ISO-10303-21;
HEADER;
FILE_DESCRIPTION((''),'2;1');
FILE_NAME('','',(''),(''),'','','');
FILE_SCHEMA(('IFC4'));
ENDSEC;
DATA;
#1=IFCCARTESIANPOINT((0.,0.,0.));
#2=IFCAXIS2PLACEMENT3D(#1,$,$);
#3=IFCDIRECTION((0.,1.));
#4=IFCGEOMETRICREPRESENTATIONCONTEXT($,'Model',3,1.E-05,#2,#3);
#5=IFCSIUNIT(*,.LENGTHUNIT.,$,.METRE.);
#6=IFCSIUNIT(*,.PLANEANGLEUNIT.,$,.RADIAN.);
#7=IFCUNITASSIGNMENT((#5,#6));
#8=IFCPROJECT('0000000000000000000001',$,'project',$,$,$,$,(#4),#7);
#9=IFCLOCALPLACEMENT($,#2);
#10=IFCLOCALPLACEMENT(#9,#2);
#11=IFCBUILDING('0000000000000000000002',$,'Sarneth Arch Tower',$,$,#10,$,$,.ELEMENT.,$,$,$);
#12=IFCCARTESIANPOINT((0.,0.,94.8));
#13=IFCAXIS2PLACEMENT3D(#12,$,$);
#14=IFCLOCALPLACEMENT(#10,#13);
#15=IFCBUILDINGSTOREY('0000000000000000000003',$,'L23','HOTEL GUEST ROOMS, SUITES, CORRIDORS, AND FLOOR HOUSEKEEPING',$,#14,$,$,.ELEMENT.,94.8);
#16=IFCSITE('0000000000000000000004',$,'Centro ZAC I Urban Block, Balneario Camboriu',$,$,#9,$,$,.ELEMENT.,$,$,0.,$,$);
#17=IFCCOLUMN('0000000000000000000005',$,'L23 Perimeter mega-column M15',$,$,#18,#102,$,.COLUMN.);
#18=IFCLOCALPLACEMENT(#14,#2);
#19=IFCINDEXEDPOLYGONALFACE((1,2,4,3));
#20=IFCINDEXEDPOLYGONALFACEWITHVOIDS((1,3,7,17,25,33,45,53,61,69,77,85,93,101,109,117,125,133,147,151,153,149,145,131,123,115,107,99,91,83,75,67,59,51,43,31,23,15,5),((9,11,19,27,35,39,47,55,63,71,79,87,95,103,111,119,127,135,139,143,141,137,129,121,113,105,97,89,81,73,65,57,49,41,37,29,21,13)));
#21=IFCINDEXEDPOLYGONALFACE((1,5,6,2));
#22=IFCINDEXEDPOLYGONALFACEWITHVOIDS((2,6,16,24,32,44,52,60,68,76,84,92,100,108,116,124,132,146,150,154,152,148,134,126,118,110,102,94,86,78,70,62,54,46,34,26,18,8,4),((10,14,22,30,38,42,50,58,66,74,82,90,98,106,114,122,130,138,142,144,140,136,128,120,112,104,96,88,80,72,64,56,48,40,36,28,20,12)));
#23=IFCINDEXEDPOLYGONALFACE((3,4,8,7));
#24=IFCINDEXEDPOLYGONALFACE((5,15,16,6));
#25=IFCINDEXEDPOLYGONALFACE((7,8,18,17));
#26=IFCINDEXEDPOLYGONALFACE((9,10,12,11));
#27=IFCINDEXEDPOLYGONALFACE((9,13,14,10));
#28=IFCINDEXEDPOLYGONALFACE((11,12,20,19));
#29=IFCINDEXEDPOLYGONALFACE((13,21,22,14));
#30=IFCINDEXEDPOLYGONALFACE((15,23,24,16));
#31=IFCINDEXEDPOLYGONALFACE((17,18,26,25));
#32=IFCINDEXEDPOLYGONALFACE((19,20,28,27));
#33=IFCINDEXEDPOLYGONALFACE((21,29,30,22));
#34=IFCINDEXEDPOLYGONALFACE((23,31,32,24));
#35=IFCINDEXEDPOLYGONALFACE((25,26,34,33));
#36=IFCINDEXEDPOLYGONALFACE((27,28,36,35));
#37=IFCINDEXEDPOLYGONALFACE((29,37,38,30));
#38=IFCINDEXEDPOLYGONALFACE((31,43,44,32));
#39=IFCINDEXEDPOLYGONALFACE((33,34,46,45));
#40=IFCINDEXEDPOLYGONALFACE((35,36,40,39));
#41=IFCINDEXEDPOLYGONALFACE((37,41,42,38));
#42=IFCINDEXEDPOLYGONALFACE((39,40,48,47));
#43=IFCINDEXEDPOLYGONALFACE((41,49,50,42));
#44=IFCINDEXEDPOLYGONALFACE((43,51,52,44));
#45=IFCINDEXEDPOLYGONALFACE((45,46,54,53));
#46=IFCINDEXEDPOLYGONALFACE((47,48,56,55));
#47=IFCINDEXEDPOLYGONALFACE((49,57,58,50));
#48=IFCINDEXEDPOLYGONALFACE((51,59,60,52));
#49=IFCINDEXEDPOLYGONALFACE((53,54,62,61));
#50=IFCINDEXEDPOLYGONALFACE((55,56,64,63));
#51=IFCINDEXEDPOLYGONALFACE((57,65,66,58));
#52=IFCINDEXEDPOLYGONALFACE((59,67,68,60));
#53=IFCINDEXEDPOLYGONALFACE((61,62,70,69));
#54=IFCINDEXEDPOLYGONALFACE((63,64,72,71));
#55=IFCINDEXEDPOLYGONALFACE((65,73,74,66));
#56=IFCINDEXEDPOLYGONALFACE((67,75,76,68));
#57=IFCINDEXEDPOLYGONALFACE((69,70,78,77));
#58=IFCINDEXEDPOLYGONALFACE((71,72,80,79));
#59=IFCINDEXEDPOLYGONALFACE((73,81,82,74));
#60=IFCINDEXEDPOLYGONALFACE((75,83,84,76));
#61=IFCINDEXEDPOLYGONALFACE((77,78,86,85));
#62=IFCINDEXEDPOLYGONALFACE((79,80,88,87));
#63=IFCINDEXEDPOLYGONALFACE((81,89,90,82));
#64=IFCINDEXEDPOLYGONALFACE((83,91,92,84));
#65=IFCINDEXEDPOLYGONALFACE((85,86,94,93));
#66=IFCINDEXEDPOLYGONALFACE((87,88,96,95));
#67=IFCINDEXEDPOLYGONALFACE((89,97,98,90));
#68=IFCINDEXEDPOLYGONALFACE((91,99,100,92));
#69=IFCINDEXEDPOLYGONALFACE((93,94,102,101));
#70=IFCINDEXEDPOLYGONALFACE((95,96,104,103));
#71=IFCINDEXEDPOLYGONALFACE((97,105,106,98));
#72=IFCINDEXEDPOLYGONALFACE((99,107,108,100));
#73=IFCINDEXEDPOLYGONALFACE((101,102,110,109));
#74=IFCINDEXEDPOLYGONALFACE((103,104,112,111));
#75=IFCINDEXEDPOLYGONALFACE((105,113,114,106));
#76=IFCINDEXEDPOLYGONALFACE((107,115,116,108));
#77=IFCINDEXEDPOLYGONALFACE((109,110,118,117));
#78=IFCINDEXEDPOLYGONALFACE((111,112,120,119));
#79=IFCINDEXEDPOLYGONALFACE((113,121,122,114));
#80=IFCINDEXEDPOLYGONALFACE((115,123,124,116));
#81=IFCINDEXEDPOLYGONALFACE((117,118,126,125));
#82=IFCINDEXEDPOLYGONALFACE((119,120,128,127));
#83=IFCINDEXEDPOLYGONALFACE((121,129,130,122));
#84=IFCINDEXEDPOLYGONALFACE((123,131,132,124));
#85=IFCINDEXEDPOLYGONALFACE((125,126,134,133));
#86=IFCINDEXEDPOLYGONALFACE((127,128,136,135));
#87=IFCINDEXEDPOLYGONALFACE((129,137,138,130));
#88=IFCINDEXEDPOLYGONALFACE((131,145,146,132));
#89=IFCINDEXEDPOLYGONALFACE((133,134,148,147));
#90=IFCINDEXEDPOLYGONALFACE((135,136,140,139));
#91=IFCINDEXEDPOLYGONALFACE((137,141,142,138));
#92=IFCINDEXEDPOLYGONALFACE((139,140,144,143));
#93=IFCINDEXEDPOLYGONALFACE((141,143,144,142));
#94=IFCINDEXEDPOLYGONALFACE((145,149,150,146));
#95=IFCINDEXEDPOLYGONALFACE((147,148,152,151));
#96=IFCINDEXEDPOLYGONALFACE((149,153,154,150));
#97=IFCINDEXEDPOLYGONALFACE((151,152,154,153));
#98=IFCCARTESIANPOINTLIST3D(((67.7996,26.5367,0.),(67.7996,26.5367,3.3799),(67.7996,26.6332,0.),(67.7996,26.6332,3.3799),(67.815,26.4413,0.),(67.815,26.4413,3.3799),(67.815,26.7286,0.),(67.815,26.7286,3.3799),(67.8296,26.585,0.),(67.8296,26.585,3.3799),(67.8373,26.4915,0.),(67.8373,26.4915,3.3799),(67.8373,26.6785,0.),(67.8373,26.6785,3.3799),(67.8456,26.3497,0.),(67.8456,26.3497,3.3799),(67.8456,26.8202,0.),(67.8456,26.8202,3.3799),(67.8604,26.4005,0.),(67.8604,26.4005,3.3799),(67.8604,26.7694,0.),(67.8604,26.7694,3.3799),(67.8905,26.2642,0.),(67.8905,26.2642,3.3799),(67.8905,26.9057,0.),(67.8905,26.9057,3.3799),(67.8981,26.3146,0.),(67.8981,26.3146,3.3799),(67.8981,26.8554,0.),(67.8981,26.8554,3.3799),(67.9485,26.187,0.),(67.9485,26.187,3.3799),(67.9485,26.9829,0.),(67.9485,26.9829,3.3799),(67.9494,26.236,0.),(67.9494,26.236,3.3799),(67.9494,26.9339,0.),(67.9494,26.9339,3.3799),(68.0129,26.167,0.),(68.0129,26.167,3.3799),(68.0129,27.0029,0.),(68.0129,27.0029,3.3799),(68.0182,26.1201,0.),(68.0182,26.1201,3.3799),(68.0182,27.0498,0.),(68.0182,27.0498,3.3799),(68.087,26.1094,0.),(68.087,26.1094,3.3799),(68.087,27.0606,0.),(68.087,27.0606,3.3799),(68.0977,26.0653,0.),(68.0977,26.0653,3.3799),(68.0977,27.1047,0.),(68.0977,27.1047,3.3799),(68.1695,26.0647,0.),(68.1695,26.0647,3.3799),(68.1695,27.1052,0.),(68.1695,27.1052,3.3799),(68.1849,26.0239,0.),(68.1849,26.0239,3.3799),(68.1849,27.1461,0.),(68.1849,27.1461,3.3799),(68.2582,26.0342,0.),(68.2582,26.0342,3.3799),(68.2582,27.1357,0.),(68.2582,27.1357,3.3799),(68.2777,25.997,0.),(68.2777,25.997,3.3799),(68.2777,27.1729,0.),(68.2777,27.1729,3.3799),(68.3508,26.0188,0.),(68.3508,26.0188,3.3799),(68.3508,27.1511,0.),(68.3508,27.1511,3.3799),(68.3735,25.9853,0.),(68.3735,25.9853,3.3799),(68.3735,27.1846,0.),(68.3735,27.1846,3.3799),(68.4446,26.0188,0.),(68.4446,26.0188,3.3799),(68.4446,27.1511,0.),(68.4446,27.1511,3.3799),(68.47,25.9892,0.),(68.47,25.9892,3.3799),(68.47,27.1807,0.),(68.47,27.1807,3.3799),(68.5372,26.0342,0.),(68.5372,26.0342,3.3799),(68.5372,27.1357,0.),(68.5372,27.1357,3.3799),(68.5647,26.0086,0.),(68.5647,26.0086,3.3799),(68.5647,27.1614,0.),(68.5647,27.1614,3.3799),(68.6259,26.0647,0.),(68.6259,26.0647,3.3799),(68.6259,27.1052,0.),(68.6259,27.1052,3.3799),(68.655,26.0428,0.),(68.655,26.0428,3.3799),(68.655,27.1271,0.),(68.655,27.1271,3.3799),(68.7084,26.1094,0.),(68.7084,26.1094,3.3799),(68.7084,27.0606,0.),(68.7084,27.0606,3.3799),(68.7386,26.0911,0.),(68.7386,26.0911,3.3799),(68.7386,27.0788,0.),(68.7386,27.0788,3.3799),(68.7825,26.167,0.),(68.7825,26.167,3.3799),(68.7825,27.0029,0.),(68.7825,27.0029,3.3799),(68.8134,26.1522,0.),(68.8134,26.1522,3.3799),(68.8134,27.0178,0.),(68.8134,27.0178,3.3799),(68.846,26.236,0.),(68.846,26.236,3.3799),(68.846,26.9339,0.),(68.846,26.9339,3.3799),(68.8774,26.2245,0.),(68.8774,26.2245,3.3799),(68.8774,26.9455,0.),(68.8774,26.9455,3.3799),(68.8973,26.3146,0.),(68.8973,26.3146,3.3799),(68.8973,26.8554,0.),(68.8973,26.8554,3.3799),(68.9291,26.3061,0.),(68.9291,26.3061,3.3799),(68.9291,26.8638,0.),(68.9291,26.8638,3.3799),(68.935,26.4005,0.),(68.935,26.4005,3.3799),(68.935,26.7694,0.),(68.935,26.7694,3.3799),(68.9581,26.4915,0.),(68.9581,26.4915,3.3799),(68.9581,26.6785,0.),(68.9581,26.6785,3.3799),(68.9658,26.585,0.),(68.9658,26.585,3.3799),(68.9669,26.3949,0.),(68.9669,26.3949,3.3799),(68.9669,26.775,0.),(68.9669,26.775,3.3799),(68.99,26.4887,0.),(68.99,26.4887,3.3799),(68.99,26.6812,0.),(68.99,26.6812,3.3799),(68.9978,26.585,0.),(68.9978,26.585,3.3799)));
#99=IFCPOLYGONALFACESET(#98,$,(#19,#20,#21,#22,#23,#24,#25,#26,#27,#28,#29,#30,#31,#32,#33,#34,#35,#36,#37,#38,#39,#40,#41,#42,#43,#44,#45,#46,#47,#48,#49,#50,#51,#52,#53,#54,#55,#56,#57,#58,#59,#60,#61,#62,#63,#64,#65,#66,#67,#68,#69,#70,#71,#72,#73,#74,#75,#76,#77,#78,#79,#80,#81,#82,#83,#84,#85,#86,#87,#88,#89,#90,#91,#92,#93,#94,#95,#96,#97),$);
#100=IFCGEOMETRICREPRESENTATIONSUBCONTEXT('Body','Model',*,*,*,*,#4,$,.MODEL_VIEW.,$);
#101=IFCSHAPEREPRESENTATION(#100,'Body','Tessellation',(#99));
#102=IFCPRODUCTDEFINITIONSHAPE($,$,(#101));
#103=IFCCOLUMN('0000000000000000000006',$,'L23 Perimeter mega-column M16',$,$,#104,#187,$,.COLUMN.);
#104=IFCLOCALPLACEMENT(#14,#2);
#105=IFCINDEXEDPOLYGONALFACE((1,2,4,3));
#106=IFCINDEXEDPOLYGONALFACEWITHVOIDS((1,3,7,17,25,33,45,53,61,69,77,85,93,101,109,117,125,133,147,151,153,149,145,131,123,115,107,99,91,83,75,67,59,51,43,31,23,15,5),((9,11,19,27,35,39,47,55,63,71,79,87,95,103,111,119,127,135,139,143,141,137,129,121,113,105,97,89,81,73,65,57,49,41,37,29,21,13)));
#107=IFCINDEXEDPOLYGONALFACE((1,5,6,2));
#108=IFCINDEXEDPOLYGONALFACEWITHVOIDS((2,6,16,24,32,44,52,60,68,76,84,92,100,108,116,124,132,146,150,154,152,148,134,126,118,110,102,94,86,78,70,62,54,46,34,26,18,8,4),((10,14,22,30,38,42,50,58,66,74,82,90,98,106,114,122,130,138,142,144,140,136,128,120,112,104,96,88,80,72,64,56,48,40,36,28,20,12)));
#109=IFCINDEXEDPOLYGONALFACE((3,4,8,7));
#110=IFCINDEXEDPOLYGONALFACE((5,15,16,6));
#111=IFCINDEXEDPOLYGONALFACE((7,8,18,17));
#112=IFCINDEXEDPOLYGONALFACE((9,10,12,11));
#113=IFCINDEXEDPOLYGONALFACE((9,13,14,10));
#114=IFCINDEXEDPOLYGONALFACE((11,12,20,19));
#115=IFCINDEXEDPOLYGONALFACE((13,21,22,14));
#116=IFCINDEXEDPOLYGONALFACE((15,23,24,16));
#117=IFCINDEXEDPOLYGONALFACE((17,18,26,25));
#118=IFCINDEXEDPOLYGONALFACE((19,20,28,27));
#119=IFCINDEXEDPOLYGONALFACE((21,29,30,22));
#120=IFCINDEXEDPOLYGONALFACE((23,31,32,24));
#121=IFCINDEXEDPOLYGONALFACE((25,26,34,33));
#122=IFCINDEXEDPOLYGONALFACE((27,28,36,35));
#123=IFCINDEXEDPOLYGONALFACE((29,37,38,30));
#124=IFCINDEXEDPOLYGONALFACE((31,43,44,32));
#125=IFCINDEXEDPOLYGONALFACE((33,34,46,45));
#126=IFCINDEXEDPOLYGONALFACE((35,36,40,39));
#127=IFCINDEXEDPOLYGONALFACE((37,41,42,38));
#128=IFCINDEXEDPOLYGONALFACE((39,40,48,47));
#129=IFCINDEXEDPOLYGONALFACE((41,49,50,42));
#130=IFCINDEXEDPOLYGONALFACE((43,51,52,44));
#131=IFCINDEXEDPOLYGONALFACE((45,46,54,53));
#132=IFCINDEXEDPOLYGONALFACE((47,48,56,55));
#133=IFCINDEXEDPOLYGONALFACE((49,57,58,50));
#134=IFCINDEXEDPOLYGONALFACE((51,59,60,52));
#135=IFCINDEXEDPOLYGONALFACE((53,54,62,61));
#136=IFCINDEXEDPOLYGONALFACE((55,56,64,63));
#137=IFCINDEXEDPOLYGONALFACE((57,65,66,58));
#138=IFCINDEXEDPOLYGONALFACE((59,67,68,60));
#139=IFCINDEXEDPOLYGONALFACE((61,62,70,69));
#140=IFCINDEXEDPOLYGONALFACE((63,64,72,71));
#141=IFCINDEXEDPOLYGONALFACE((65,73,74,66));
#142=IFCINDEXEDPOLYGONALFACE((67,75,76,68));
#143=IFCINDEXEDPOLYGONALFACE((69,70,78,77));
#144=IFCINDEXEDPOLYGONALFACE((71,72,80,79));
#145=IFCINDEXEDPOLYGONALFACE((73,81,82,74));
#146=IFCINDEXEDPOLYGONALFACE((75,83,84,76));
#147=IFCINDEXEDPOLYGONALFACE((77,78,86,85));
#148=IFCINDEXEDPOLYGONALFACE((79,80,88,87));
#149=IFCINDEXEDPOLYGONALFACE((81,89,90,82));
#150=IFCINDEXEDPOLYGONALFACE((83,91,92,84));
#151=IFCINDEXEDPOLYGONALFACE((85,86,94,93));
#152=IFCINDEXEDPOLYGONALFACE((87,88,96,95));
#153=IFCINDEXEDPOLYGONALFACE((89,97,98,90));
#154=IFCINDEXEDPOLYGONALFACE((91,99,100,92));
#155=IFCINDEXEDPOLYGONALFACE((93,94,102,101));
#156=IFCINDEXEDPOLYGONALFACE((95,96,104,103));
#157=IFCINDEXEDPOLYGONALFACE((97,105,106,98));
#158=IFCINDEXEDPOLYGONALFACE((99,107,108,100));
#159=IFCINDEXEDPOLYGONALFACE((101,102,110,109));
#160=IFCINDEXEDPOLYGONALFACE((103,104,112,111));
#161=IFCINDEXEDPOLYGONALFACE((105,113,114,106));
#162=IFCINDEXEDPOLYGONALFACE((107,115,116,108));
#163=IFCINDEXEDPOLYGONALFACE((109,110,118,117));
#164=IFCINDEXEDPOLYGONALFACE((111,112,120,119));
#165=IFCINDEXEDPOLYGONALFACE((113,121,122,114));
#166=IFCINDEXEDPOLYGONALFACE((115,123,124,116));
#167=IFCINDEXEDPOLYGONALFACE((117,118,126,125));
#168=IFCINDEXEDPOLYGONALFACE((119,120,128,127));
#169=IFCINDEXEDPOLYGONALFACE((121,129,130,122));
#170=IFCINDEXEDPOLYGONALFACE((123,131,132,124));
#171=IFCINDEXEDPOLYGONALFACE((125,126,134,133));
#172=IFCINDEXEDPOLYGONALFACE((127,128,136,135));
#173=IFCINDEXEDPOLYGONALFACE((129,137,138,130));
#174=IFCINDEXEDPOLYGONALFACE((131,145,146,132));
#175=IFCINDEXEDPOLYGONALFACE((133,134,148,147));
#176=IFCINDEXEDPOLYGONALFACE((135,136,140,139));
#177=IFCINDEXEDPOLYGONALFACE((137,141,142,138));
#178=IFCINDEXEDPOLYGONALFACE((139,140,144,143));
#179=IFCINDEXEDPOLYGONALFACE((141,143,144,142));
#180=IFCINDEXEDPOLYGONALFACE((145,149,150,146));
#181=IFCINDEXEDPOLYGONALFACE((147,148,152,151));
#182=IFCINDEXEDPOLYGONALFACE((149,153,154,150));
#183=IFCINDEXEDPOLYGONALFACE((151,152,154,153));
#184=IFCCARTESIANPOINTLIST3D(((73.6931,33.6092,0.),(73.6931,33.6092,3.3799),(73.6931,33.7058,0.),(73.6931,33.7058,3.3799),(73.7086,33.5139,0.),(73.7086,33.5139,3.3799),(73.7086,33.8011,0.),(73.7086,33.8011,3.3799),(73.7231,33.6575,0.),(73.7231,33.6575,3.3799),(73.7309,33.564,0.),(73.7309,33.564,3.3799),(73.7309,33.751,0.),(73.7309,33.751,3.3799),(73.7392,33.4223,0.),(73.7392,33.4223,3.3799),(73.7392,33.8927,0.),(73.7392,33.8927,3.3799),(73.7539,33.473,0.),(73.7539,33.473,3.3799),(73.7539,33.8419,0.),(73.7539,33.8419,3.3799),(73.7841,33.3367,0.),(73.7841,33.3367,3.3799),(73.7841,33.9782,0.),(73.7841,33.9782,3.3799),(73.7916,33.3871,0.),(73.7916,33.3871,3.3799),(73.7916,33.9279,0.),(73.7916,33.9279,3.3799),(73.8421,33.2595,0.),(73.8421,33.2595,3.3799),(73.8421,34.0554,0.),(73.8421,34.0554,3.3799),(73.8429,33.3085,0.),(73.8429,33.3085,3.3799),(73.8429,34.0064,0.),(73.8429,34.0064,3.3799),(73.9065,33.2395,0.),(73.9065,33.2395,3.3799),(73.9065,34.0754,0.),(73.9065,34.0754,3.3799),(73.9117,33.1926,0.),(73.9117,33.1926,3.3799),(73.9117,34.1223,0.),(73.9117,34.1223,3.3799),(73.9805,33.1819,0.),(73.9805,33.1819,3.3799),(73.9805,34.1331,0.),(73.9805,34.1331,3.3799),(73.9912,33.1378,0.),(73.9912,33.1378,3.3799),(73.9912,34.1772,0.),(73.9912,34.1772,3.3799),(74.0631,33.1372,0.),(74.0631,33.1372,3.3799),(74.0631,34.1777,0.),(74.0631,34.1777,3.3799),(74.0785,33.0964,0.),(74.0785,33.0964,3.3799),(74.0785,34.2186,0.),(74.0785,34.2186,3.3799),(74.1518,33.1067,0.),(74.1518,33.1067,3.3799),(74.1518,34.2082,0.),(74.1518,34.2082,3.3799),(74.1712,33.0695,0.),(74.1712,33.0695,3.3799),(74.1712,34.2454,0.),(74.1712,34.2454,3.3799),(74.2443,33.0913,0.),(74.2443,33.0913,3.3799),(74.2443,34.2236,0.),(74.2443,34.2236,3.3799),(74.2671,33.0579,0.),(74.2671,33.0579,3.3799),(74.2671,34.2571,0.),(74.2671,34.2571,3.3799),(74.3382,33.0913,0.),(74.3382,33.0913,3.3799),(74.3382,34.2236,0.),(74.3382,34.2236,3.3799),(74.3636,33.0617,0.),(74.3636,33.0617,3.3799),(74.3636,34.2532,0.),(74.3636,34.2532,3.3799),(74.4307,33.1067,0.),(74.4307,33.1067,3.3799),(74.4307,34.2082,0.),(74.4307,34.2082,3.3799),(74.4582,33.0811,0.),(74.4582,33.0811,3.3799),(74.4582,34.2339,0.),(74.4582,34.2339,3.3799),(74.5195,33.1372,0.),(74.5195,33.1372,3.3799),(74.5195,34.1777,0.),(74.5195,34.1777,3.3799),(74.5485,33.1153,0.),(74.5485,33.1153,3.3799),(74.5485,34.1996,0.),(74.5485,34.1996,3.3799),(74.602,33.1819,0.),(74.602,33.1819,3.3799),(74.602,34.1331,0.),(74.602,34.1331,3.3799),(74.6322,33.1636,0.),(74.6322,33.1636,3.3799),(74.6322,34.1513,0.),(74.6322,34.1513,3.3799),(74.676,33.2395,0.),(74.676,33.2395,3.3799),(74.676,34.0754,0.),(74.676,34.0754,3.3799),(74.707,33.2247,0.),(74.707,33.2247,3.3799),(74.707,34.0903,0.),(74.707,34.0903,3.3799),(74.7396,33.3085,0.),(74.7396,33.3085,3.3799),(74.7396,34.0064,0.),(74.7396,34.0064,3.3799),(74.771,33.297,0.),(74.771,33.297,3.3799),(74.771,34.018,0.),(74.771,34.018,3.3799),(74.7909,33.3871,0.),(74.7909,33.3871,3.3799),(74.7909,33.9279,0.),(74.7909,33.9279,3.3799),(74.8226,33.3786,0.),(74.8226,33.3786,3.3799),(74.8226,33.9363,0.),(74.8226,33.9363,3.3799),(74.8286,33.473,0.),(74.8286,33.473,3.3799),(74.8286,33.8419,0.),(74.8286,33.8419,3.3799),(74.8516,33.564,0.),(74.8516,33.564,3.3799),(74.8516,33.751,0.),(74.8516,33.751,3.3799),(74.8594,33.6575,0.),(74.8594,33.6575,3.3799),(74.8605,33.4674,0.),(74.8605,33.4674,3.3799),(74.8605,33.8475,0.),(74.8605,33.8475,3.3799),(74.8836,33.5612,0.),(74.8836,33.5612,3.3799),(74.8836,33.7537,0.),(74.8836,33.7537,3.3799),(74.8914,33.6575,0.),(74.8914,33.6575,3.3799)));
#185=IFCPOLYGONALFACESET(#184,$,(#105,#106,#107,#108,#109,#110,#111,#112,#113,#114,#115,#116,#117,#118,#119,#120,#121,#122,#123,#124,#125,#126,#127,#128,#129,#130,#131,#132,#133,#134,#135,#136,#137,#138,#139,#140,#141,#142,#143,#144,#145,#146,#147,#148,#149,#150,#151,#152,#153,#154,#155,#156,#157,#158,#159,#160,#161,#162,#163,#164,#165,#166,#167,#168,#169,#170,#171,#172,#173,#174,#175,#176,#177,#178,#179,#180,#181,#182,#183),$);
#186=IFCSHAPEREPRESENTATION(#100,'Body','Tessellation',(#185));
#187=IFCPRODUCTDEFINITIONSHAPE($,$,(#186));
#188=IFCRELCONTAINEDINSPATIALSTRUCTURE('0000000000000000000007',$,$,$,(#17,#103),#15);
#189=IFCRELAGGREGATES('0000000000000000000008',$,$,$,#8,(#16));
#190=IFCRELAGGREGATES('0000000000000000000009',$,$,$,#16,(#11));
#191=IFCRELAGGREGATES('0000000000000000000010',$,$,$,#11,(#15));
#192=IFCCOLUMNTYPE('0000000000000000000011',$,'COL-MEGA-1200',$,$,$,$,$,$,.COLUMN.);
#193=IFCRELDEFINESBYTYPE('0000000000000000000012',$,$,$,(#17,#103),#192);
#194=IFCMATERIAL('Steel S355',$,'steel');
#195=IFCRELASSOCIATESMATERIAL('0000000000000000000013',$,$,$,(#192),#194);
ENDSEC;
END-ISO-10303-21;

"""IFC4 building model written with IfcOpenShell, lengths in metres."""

from ifc_helpers import new_model, si_unit, direction, frame, origin, origin_2d, place, context, subcontext, project, spatial, hollow_circle, extrude, material, material_profile, profile_set, type_object, element, save


model = new_model("IFC4")

# Units and contexts
model_context = context("Model", 3, precision=1e-05, world=origin(), true_north=direction((0.0, 1.0)))
body_context = subcontext(model_context, "Body", "Model", "MODEL_VIEW")
ifc_project = project(units=[si_unit("LENGTHUNIT", "METRE"), si_unit("PLANEANGLEUNIT", "RADIAN")], contexts=[model_context])

# Site, building, storey
site_placement = place(None, origin())
site = spatial("IfcSite", under=ifc_project, at=site_placement, Name="Centro ZAC I Urban Block, Balneario Camboriu", CompositionType="ELEMENT", RefElevation=0.0)
building_placement = place(site_placement, origin())
building = spatial("IfcBuilding", under=site, at=building_placement, Name="Sarneth Arch Tower", CompositionType="ELEMENT")
storey_placement = place(building_placement, frame((0.0, 0.0, 94.8)))
storey = spatial("IfcBuildingStorey", under=building, at=storey_placement, Name="L23", Description="HOTEL GUEST ROOMS, SUITES, CORRIDORS, AND FLOOR HOUSEKEEPING", CompositionType="ELEMENT", Elevation=94.8)

# Columns
ifc_material_1 = material(Name="Steel S355", Category="steel")
ifc_material_profile_1 = material_profile(ifc_material_1, hollow_circle(Radius=0.6001, WallThickness=0.032, at=origin_2d()), Name="CHS1200x32")
ifc_profile_set_1 = profile_set([ifc_material_profile_1], Name="Steel S355")
column_type = type_object("IfcColumnType", Name="COL-MEGA-1200", PredefinedType="COLUMN", material=ifc_profile_set_1)
for number, where, z_axis, x_axis, name in (
    (1, (68.3977, 26.585, 0.0), (0.0, 0.0, 1.0), (1.0, 0.0, 0.0), "L23 Perimeter mega-column M15"),
    (2, (74.2913, 33.6575, 0.0), (0.0, 0.0, 1.0), (1.0, 0.0, 0.0), "L23 Perimeter mega-column M16"),
):
    element("IfcColumn", number, at=place(storey_placement, frame(where, z_axis=z_axis, x_axis=x_axis)), inside=storey, type_object=column_type, Name=name, PredefinedType="COLUMN", context=body_context, shape_type="SweptSolid", body=[
        extrude(hollow_circle(Radius=0.6001, WallThickness=0.032, at=origin_2d()), origin(), (0.0, 0.0, 1.0), 3.3799),
    ])

save(model, "model.ifc")
